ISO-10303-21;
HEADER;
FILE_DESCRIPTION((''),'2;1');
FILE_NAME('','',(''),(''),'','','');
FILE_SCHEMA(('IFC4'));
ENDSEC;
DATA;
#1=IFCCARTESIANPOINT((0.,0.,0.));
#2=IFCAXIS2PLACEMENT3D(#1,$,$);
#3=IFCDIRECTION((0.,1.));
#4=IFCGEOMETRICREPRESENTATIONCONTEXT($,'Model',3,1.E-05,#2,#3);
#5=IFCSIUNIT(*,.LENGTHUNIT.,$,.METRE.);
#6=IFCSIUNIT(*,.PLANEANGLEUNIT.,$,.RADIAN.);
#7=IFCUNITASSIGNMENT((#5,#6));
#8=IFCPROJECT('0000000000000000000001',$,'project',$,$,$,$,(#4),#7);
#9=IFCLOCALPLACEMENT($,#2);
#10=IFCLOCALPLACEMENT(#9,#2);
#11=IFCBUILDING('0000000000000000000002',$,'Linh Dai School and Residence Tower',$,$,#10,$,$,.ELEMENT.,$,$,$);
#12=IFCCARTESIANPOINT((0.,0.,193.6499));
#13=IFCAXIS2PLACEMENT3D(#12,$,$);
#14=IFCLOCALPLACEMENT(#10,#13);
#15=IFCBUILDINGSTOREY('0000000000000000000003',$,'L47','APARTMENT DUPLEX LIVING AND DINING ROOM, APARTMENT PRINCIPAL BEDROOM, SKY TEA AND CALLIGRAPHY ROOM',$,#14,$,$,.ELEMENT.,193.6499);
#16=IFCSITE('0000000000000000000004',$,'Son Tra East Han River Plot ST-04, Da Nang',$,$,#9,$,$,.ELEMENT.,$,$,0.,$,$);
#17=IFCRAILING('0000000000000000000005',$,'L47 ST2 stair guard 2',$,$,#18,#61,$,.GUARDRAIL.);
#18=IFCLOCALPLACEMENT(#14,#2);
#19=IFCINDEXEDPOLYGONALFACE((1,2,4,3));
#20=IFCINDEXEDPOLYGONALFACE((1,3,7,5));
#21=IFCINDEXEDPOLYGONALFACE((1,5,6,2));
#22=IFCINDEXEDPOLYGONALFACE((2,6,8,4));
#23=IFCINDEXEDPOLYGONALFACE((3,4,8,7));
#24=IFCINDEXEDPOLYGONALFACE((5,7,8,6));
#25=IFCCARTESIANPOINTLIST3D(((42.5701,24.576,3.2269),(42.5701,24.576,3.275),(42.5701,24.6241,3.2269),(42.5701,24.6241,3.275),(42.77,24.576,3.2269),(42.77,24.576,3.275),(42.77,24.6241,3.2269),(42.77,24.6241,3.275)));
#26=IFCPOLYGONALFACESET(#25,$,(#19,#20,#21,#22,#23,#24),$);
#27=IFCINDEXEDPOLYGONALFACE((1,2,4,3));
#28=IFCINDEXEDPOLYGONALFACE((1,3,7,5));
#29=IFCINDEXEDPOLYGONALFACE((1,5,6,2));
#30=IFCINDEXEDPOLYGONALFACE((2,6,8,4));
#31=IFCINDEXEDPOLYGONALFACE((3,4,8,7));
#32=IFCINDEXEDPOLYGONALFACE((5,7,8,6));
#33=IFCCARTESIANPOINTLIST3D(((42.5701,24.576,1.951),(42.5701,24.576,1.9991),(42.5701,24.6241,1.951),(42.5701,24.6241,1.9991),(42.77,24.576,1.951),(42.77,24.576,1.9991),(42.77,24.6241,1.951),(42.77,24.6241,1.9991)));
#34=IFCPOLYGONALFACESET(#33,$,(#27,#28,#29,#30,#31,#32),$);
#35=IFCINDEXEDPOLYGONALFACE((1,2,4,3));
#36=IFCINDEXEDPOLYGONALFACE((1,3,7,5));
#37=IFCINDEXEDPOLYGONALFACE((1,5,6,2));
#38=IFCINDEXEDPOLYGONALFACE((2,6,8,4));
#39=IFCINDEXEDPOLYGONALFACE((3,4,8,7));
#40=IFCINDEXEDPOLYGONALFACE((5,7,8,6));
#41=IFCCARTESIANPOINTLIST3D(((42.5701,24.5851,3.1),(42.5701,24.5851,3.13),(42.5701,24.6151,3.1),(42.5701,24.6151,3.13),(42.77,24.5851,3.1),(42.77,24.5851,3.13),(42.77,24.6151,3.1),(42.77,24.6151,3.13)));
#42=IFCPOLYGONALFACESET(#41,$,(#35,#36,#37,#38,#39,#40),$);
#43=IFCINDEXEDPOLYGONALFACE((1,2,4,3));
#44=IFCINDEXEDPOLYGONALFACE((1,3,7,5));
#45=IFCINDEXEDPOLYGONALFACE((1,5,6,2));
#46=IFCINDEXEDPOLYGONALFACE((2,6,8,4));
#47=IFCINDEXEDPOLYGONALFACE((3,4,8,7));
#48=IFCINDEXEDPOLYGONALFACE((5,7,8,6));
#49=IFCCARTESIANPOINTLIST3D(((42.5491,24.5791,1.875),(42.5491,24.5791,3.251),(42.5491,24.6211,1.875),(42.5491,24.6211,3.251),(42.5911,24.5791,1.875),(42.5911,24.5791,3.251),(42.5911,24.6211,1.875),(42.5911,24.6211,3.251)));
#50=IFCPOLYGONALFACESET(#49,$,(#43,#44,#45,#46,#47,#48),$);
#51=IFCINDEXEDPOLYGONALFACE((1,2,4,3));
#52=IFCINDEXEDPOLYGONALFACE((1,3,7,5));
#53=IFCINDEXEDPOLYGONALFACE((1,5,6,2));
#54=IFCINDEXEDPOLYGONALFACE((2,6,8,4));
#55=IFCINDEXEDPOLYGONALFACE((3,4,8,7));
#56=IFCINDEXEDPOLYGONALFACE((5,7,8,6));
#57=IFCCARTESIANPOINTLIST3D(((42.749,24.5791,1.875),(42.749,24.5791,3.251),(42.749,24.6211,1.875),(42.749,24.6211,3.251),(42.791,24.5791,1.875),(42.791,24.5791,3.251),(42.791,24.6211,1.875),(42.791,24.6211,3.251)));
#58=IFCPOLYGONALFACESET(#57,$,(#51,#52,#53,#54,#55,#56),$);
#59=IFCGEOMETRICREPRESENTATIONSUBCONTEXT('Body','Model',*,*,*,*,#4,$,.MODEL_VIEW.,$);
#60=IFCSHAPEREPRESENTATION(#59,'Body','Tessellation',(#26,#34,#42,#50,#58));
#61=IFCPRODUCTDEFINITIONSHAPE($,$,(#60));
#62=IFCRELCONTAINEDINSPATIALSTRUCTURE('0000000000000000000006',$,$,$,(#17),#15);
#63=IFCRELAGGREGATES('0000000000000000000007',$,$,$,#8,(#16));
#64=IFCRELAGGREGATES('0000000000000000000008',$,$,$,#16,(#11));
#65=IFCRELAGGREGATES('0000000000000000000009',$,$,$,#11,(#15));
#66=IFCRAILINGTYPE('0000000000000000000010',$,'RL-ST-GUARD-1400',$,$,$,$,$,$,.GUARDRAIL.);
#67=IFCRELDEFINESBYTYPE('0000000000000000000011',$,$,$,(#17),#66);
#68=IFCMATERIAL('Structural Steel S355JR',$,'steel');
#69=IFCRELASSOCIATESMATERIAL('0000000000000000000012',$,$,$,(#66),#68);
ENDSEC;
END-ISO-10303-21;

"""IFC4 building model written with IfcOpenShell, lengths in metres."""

from ifc_helpers import new_model, si_unit, direction, frame, origin, origin_2d, place, context, subcontext, project, spatial, rectangle, extrude, source, transform, mapped, material, type_object, element, save


model = new_model("IFC4")

# Units and contexts
model_context = context("Model", 3, precision=1e-05, world=origin(), true_north=direction((0.0, 1.0)))
body_context = subcontext(model_context, "Body", "Model", "MODEL_VIEW")
ifc_project = project(units=[si_unit("LENGTHUNIT", "METRE"), si_unit("PLANEANGLEUNIT", "RADIAN")], contexts=[model_context])

# Site, building, storey
site_placement = place(None, origin())
site = spatial("IfcSite", under=ifc_project, at=site_placement, Name="Son Tra East Han River Plot ST-04, Da Nang", CompositionType="ELEMENT", RefElevation=0.0)
building_placement = place(site_placement, origin())
building = spatial("IfcBuilding", under=site, at=building_placement, Name="Linh Dai School and Residence Tower", CompositionType="ELEMENT")
storey_placement = place(building_placement, frame((0.0, 0.0, 193.6499)))
storey = spatial("IfcBuildingStorey", under=building, at=storey_placement, Name="L47", Description="APARTMENT DUPLEX LIVING AND DINING ROOM, APARTMENT PRINCIPAL BEDROOM, SKY TEA AND CALLIGRAPHY ROOM", CompositionType="ELEMENT", Elevation=193.6499)

# Shared definitions
ifc_material_1 = material(Name="Structural Steel S355JR", Category="steel")

# Railing
railing_type_1 = type_object("IfcRailingType", Name="RL-ST-GUARD-1400", PredefinedType="GUARDRAIL", material=ifc_material_1)
shared_shape_1 = source(origin(), body_context, "Body", "SweptSolid", [
    extrude(rectangle(XDim=0.0481, YDim=0.0481, at=origin_2d()), frame((0.0, 0.0, 1.376), z_axis=(1.0, 0.0, 0.0), x_axis=(0.0, 1.0, 0.0)), (0.0, 0.0, 1.0), 0.2),
    extrude(rectangle(XDim=0.0481, YDim=0.0481, at=origin_2d()), frame((0.0, 0.0, 0.1001), z_axis=(1.0, 0.0, 0.0), x_axis=(0.0, 1.0, 0.0)), (0.0, 0.0, 1.0), 0.2),
    extrude(rectangle(XDim=0.03, YDim=0.03, at=origin_2d()), frame((0.0, 0.0, 1.24), z_axis=(1.0, 0.0, 0.0), x_axis=(0.0, 1.0, 0.0)), (0.0, 0.0, 1.0), 0.2),
    extrude(rectangle(XDim=0.042, YDim=0.042, at=origin_2d()), origin(), (0.0, 0.0, 1.0), 1.376),
    extrude(rectangle(XDim=0.042, YDim=0.042, at=origin_2d()), frame((0.2, 0.0, 0.0)), (0.0, 0.0, 1.0), 1.376),
])
railing_1_placement = place(storey_placement, frame((42.5701, 24.6001, 1.875)))
element("IfcRailing", 1, at=railing_1_placement, inside=storey, type_object=railing_type_1, Name="L47 ST2 stair guard 2", PredefinedType="GUARDRAIL", context=body_context, shape_type="MappedRepresentation", body=[
    mapped(shared_shape_1, transform((0.0, 0.0, 0.0), x_axis=(1.0, 0.0, 0.0), y_axis=(0.0, 1.0, 0.0), z_axis=(0.0, 0.0, 1.0), scale=1.0)),
])

save(model, "model.ifc")
